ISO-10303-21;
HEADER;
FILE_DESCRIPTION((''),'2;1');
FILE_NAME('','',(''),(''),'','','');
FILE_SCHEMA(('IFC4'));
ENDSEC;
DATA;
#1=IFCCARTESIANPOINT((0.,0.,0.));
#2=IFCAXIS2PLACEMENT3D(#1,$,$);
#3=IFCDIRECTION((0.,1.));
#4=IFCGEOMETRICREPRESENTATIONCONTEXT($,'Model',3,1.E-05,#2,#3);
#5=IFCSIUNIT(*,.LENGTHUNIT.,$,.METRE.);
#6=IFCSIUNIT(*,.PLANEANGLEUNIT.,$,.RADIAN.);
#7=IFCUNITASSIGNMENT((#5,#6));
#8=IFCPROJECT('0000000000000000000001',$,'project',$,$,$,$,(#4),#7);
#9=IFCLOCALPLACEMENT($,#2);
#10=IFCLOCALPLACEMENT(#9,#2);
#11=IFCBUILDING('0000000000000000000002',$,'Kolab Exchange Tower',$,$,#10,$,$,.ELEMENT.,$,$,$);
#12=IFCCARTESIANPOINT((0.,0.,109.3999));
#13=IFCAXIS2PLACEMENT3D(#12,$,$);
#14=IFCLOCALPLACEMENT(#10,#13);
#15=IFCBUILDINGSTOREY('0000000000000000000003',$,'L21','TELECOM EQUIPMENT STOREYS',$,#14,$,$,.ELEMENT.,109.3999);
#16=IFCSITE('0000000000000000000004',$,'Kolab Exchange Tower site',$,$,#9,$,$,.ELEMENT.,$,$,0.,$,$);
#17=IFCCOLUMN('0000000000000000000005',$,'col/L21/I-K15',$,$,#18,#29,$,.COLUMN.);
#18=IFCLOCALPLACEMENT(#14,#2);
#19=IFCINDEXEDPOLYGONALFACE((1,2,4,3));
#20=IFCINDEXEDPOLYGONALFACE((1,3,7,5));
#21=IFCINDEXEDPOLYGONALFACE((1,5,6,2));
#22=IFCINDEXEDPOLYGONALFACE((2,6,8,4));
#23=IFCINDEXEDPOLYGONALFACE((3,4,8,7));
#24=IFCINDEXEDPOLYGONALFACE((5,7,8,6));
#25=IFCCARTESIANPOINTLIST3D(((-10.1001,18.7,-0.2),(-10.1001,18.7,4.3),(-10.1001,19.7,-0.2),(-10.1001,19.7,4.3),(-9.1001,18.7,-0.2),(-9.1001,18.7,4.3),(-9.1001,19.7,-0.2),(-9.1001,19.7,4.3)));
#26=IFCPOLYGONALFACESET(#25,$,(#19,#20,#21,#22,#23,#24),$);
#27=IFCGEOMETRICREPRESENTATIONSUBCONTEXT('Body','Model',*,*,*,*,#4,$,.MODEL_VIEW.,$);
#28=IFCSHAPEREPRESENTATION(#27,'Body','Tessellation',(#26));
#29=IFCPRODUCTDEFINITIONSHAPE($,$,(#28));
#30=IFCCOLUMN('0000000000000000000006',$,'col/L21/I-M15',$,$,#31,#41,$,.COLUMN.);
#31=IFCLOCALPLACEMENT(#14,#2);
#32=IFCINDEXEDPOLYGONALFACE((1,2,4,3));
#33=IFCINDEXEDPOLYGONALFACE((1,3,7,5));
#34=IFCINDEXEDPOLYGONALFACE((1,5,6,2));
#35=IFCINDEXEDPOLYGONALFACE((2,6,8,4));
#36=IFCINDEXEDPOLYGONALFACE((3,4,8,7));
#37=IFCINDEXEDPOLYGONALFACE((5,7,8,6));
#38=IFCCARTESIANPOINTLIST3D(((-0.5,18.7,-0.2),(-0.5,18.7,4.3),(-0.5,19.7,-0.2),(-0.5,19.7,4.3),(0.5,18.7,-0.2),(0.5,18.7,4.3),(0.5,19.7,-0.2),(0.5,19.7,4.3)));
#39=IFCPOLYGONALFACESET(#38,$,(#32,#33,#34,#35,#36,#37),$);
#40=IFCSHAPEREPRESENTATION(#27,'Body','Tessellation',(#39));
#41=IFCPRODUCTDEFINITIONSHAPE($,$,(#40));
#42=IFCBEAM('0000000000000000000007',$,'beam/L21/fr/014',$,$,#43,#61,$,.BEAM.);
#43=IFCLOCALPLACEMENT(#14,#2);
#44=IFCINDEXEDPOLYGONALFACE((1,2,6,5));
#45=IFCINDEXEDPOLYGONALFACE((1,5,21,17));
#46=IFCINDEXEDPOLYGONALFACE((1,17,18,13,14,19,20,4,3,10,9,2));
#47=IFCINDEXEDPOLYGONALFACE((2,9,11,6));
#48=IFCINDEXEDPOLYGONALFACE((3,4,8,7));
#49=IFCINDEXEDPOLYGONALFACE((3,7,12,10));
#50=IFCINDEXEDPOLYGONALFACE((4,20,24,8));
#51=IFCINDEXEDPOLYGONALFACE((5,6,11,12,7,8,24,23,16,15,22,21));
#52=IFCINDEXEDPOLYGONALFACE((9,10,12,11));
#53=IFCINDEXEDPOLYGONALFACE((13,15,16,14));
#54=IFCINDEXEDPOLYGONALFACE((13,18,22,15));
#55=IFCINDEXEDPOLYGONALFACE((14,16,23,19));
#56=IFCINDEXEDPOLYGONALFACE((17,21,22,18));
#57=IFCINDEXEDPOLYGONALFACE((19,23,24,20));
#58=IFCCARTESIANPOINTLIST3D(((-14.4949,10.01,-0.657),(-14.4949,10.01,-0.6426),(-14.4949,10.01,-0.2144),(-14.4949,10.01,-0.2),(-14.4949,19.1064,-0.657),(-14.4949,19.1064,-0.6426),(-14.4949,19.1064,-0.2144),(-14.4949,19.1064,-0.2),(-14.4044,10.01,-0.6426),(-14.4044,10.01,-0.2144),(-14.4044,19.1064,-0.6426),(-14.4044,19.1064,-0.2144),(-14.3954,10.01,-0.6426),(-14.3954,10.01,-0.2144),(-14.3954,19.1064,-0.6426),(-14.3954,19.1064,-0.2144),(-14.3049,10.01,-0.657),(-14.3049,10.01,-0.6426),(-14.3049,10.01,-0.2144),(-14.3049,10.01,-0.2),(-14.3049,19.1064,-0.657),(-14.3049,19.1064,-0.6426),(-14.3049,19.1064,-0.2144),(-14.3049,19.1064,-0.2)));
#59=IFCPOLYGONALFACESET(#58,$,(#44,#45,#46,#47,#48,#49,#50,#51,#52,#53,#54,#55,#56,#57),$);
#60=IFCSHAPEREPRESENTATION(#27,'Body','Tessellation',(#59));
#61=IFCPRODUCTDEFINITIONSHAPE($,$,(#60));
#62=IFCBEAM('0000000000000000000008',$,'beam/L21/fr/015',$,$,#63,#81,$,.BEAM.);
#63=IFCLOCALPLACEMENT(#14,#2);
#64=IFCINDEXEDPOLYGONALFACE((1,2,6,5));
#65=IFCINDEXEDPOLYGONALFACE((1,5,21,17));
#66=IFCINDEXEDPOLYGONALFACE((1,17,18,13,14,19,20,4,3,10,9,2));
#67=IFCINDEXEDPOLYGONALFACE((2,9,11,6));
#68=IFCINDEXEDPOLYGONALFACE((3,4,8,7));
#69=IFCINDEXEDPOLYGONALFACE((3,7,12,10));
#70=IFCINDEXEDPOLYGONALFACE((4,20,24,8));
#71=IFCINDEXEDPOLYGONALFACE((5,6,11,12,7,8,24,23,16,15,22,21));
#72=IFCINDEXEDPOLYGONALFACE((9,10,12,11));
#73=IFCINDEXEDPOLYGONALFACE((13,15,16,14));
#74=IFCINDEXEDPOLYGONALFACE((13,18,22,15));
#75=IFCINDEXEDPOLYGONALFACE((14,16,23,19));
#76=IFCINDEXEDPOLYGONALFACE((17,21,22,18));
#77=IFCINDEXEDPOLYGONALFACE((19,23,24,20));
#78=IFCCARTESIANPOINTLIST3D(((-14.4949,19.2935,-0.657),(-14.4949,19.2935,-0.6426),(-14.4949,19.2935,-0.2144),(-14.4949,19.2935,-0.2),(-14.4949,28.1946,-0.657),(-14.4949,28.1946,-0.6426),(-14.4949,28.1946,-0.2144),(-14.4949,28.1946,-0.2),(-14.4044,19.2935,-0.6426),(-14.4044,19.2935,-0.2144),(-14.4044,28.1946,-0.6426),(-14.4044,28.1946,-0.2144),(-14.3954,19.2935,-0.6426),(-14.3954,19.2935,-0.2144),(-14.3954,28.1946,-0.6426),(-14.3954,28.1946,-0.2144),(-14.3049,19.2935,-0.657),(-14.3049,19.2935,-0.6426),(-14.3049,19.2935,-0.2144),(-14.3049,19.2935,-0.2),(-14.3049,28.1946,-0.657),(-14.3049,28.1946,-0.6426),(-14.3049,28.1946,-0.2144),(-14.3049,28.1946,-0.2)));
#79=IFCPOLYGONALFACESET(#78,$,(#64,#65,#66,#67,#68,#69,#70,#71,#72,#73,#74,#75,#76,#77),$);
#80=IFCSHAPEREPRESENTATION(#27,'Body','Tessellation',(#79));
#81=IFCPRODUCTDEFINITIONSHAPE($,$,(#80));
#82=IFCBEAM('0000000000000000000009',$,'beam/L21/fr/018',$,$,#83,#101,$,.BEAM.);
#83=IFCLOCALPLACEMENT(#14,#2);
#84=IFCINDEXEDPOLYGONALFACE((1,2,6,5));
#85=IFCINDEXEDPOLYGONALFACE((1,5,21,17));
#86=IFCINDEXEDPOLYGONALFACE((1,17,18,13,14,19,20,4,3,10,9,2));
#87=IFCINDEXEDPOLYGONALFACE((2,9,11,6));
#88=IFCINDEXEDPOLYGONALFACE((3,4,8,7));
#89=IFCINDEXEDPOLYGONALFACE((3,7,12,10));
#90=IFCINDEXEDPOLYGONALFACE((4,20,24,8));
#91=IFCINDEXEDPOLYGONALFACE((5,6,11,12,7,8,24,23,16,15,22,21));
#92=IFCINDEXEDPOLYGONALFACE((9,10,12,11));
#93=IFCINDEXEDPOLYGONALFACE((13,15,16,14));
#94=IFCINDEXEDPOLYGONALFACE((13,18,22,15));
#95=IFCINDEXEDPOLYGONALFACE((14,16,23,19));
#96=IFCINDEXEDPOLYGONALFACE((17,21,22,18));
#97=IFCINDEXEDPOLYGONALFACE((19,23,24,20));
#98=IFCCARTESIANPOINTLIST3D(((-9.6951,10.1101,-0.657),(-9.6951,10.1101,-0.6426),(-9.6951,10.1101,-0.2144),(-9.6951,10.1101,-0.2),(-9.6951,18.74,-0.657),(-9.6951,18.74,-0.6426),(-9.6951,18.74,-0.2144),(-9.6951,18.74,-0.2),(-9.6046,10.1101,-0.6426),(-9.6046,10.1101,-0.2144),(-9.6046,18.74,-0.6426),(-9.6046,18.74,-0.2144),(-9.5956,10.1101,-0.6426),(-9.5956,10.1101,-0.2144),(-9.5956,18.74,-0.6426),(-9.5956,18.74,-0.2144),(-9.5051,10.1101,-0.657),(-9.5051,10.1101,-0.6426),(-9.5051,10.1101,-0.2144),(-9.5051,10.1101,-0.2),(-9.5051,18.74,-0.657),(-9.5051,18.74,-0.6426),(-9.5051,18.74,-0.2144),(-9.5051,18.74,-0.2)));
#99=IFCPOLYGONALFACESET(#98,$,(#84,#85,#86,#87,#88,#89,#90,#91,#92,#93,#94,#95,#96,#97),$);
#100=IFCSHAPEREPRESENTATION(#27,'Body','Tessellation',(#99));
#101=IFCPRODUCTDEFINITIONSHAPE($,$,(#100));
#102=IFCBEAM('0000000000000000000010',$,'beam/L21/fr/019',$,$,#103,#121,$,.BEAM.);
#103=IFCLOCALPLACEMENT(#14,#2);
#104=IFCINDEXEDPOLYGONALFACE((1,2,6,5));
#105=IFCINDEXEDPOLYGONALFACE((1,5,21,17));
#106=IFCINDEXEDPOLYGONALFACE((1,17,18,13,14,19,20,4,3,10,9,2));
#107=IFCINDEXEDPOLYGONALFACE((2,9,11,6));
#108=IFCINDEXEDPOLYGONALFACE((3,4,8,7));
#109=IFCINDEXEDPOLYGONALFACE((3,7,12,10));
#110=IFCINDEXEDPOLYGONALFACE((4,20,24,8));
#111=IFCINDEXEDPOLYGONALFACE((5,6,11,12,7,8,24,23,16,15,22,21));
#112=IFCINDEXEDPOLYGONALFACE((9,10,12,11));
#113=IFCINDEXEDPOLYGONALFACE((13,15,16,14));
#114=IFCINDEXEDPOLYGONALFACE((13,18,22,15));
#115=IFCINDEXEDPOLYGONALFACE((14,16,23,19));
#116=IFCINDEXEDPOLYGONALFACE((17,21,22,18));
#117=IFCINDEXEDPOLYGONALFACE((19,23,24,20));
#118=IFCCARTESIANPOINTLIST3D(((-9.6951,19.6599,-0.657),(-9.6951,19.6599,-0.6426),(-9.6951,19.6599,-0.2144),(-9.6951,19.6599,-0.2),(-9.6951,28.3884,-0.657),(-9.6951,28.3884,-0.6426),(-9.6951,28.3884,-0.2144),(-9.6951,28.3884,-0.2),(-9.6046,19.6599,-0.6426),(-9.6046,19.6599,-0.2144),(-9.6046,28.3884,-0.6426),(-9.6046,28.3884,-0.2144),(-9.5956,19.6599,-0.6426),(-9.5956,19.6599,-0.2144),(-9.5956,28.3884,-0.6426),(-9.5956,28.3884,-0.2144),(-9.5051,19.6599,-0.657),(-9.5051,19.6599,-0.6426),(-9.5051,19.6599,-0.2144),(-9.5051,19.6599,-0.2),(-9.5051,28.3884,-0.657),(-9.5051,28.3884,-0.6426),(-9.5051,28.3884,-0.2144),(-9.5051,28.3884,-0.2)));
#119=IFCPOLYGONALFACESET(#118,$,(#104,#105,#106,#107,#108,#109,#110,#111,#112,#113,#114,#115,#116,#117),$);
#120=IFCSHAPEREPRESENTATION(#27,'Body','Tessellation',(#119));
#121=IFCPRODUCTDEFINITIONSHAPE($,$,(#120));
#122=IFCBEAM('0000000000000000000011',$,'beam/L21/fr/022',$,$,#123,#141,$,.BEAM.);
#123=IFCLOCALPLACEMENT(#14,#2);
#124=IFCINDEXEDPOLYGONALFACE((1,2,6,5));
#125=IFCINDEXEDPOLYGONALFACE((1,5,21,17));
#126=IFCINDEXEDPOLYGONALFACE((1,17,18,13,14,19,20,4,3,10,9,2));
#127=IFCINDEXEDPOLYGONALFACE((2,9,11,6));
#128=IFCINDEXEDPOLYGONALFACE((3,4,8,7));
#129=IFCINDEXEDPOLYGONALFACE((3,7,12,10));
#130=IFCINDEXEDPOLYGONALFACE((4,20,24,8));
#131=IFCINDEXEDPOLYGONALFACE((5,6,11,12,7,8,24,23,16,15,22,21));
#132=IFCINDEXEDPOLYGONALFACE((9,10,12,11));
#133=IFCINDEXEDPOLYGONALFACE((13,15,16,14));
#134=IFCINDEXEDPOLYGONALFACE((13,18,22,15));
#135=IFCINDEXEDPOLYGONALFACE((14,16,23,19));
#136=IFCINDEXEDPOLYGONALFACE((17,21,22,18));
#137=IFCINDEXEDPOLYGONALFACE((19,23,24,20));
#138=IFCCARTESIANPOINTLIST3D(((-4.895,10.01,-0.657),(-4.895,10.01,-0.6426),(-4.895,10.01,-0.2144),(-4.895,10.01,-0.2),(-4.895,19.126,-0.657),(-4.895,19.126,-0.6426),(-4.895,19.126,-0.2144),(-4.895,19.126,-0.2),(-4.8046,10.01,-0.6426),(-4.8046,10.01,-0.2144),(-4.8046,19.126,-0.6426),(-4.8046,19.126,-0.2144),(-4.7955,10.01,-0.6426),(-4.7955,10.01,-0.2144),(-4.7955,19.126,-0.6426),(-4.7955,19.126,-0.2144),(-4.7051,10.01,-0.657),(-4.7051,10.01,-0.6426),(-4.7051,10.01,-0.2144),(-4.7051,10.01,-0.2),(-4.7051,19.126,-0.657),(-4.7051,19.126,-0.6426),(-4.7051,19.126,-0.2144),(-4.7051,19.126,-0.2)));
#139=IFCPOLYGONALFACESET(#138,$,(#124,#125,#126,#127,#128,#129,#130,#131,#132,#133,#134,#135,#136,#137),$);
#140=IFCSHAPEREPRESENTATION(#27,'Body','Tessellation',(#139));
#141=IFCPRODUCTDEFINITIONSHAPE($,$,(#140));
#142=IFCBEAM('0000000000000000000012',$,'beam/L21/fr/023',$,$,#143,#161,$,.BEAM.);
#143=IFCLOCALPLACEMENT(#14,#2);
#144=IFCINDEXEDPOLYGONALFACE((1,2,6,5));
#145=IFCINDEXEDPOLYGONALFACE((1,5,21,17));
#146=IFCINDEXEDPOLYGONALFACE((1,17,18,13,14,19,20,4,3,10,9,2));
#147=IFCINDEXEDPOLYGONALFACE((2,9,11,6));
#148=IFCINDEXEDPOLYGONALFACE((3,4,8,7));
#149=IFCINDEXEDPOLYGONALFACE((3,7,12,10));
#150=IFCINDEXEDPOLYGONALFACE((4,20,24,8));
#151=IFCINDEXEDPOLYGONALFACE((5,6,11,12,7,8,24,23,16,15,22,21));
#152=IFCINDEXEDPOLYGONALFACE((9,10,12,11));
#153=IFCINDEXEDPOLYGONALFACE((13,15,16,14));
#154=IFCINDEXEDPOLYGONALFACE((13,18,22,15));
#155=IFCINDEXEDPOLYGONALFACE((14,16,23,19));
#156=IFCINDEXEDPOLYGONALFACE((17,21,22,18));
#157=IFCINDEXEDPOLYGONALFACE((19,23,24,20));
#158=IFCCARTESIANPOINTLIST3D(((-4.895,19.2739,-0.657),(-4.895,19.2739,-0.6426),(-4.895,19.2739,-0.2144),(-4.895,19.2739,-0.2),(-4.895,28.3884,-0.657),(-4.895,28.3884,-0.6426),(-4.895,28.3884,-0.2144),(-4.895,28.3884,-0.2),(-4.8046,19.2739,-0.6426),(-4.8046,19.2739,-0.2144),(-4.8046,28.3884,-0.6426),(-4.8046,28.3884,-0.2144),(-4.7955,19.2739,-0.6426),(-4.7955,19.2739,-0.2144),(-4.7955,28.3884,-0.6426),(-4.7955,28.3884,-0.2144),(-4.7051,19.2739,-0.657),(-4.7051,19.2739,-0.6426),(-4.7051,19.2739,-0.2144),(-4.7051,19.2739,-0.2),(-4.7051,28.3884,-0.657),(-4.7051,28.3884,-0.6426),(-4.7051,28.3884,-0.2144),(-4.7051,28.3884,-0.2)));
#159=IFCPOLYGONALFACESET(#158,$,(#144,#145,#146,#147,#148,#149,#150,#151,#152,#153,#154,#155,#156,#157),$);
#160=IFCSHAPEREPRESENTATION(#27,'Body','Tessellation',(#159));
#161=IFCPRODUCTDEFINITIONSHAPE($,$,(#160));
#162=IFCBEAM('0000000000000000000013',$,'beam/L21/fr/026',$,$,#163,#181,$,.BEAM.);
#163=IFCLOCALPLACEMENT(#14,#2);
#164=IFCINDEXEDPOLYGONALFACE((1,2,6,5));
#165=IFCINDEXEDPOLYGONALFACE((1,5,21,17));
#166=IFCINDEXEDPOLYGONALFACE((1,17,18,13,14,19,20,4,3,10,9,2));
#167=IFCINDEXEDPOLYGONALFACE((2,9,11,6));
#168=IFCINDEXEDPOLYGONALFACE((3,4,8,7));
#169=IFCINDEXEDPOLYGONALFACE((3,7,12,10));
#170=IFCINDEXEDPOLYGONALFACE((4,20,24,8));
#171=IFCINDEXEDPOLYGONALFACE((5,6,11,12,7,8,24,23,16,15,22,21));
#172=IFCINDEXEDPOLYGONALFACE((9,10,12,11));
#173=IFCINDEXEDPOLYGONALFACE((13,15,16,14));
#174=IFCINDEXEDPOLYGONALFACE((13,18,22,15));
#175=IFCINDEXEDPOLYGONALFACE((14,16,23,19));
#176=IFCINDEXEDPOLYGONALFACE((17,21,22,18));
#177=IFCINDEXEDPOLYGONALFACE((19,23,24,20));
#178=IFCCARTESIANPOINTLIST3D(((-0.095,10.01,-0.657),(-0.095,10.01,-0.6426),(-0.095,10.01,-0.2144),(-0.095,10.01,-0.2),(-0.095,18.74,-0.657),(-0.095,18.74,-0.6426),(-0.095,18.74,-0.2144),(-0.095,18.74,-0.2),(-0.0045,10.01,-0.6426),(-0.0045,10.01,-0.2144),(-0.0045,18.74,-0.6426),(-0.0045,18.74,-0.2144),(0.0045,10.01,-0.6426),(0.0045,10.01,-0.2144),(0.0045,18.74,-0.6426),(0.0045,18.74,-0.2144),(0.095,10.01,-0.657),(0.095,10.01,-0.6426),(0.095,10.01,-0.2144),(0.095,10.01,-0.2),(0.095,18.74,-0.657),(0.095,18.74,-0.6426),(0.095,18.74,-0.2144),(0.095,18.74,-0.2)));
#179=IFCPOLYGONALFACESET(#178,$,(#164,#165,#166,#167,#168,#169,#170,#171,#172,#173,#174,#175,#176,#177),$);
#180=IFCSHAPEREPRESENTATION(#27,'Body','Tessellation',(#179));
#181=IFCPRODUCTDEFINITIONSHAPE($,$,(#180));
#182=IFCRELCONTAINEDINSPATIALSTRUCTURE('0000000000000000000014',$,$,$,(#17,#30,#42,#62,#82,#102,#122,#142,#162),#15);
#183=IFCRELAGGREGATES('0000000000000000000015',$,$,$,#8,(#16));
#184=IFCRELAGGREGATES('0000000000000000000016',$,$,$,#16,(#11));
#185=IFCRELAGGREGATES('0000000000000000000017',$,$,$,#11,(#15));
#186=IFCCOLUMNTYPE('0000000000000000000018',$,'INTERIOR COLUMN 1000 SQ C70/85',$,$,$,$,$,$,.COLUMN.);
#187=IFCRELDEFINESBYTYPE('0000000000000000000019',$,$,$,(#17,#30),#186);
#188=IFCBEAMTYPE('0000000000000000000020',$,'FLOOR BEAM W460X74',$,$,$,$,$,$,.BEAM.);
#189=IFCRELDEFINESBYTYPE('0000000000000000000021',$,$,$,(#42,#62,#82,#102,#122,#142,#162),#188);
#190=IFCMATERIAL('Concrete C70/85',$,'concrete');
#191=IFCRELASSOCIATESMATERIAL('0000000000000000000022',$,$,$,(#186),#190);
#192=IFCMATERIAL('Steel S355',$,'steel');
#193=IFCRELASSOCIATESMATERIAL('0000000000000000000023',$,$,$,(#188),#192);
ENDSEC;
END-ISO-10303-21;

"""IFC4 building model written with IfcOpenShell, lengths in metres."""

from ifc_helpers import new_model, si_unit, direction, frame, origin, origin_2d, place, context, subcontext, project, spatial, rectangle, i_section, extrude, material, material_profile, profile_set, type_object, element, save


model = new_model("IFC4")

# Units and contexts
model_context = context("Model", 3, precision=1e-05, world=origin(), true_north=direction((0.0, 1.0)))
body_context = subcontext(model_context, "Body", "Model", "MODEL_VIEW")
ifc_project = project(units=[si_unit("LENGTHUNIT", "METRE"), si_unit("PLANEANGLEUNIT", "RADIAN")], contexts=[model_context])

# Site, building, storey
site_placement = place(None, origin())
site = spatial("IfcSite", under=ifc_project, at=site_placement, Name="Kolab Exchange Tower site", CompositionType="ELEMENT", RefElevation=0.0)
building_placement = place(site_placement, origin())
building = spatial("IfcBuilding", under=site, at=building_placement, Name="Kolab Exchange Tower", CompositionType="ELEMENT")
storey_placement = place(building_placement, frame((0.0, 0.0, 109.3999)))
storey = spatial("IfcBuildingStorey", under=building, at=storey_placement, Name="L21", Description="TELECOM EQUIPMENT STOREYS", CompositionType="ELEMENT", Elevation=109.3999)

# Columns
ifc_material_1 = material(Name="Concrete C70/85", Category="concrete")
ifc_material_profile_1 = material_profile(ifc_material_1, rectangle(XDim=1.0, YDim=1.0, at=origin_2d()), Name="RC1000")
ifc_profile_set_1 = profile_set([ifc_material_profile_1], Name="Concrete C70/85")
column_type = type_object("IfcColumnType", Name="INTERIOR COLUMN 1000 SQ C70/85", PredefinedType="COLUMN", material=ifc_profile_set_1)
for number, where, z_axis, x_axis, name in (
    (1, (-9.6001, 19.2, -0.2), (0.0, 0.0, 1.0), (1.0, 0.0, 0.0), "col/L21/I-K15"),
    (2, (0.0, 19.2, -0.2), (0.0, 0.0, 1.0), (1.0, 0.0, 0.0), "col/L21/I-M15"),
):
    element("IfcColumn", number, at=place(storey_placement, frame(where, z_axis=z_axis, x_axis=x_axis)), inside=storey, type_object=column_type, Name=name, PredefinedType="COLUMN", context=body_context, shape_type="SweptSolid", body=[
        extrude(rectangle(XDim=1.0, YDim=1.0, at=origin_2d()), origin(), (0.0, 0.0, 1.0), 4.5),
    ])

# Beams
ifc_material_2 = material(Name="Steel S355", Category="steel")
ifc_material_profile_2 = material_profile(ifc_material_2, i_section(OverallWidth=0.1899, OverallDepth=0.457, WebThickness=0.009, FlangeThickness=0.0144, at=origin_2d()), Name="W460X74")
ifc_profile_set_2 = profile_set([ifc_material_profile_2], Name="Steel S355")
beam_type_1 = type_object("IfcBeamType", Name="FLOOR BEAM W460X74", PredefinedType="BEAM", material=ifc_profile_set_2)
beam_1_placement = place(storey_placement, frame((-14.3999, 10.01, -0.4285), z_axis=(0.0, 1.0, 0.0), x_axis=(-1.0, 0.0, 0.0)))
element("IfcBeam", 3, at=beam_1_placement, inside=storey, type_object=beam_type_1, Name="beam/L21/fr/014", PredefinedType="BEAM", context=body_context, shape_type="SweptSolid", body=[
    extrude(i_section(OverallWidth=0.1899, OverallDepth=0.457, WebThickness=0.009, FlangeThickness=0.0144, at=origin_2d()), origin(), (0.0, 0.0, 1.0), 9.0964),
])
beam_2_placement = place(storey_placement, frame((-14.3999, 19.2935, -0.4285), z_axis=(0.0, 1.0, 0.0), x_axis=(-1.0, 0.0, 0.0)))
element("IfcBeam", 4, at=beam_2_placement, inside=storey, type_object=beam_type_1, Name="beam/L21/fr/015", PredefinedType="BEAM", context=body_context, shape_type="SweptSolid", body=[
    extrude(i_section(OverallWidth=0.1899, OverallDepth=0.457, WebThickness=0.009, FlangeThickness=0.0144, at=origin_2d()), origin(), (0.0, 0.0, 1.0), 8.9011),
])
beam_3_placement = place(storey_placement, frame((-9.6001, 10.1101, -0.4285), z_axis=(0.0, 1.0, 0.0), x_axis=(-1.0, 0.0, 0.0)))
element("IfcBeam", 5, at=beam_3_placement, inside=storey, type_object=beam_type_1, Name="beam/L21/fr/018", PredefinedType="BEAM", context=body_context, shape_type="SweptSolid", body=[
    extrude(i_section(OverallWidth=0.1899, OverallDepth=0.457, WebThickness=0.009, FlangeThickness=0.0144, at=origin_2d()), origin(), (0.0, 0.0, 1.0), 8.6299),
])
beam_4_placement = place(storey_placement, frame((-9.6001, 19.6599, -0.4285), z_axis=(0.0, 1.0, 0.0), x_axis=(-1.0, 0.0, 0.0)))
element("IfcBeam", 6, at=beam_4_placement, inside=storey, type_object=beam_type_1, Name="beam/L21/fr/019", PredefinedType="BEAM", context=body_context, shape_type="SweptSolid", body=[
    extrude(i_section(OverallWidth=0.1899, OverallDepth=0.457, WebThickness=0.009, FlangeThickness=0.0144, at=origin_2d()), origin(), (0.0, 0.0, 1.0), 8.7285),
])
beam_5_placement = place(storey_placement, frame((-4.8, 10.01, -0.4285), z_axis=(0.0, 1.0, 0.0), x_axis=(-1.0, 0.0, 0.0)))
element("IfcBeam", 7, at=beam_5_placement, inside=storey, type_object=beam_type_1, Name="beam/L21/fr/022", PredefinedType="BEAM", context=body_context, shape_type="SweptSolid", body=[
    extrude(i_section(OverallWidth=0.1899, OverallDepth=0.457, WebThickness=0.009, FlangeThickness=0.0144, at=origin_2d()), origin(), (0.0, 0.0, 1.0), 9.116),
])
beam_6_placement = place(storey_placement, frame((-4.8, 19.2739, -0.4285), z_axis=(0.0, 1.0, 0.0), x_axis=(-1.0, 0.0, 0.0)))
element("IfcBeam", 8, at=beam_6_placement, inside=storey, type_object=beam_type_1, Name="beam/L21/fr/023", PredefinedType="BEAM", context=body_context, shape_type="SweptSolid", body=[
    extrude(i_section(OverallWidth=0.1899, OverallDepth=0.457, WebThickness=0.009, FlangeThickness=0.0144, at=origin_2d()), origin(), (0.0, 0.0, 1.0), 9.1145),
])
beam_7_placement = place(storey_placement, frame((0.0, 10.01, -0.4285), z_axis=(0.0, 1.0, 0.0), x_axis=(-1.0, 0.0, 0.0)))
element("IfcBeam", 9, at=beam_7_placement, inside=storey, type_object=beam_type_1, Name="beam/L21/fr/026", PredefinedType="BEAM", context=body_context, shape_type="SweptSolid", body=[
    extrude(i_section(OverallWidth=0.1899, OverallDepth=0.457, WebThickness=0.009, FlangeThickness=0.0144, at=origin_2d()), origin(), (0.0, 0.0, 1.0), 8.73),
])

save(model, "model.ifc")
